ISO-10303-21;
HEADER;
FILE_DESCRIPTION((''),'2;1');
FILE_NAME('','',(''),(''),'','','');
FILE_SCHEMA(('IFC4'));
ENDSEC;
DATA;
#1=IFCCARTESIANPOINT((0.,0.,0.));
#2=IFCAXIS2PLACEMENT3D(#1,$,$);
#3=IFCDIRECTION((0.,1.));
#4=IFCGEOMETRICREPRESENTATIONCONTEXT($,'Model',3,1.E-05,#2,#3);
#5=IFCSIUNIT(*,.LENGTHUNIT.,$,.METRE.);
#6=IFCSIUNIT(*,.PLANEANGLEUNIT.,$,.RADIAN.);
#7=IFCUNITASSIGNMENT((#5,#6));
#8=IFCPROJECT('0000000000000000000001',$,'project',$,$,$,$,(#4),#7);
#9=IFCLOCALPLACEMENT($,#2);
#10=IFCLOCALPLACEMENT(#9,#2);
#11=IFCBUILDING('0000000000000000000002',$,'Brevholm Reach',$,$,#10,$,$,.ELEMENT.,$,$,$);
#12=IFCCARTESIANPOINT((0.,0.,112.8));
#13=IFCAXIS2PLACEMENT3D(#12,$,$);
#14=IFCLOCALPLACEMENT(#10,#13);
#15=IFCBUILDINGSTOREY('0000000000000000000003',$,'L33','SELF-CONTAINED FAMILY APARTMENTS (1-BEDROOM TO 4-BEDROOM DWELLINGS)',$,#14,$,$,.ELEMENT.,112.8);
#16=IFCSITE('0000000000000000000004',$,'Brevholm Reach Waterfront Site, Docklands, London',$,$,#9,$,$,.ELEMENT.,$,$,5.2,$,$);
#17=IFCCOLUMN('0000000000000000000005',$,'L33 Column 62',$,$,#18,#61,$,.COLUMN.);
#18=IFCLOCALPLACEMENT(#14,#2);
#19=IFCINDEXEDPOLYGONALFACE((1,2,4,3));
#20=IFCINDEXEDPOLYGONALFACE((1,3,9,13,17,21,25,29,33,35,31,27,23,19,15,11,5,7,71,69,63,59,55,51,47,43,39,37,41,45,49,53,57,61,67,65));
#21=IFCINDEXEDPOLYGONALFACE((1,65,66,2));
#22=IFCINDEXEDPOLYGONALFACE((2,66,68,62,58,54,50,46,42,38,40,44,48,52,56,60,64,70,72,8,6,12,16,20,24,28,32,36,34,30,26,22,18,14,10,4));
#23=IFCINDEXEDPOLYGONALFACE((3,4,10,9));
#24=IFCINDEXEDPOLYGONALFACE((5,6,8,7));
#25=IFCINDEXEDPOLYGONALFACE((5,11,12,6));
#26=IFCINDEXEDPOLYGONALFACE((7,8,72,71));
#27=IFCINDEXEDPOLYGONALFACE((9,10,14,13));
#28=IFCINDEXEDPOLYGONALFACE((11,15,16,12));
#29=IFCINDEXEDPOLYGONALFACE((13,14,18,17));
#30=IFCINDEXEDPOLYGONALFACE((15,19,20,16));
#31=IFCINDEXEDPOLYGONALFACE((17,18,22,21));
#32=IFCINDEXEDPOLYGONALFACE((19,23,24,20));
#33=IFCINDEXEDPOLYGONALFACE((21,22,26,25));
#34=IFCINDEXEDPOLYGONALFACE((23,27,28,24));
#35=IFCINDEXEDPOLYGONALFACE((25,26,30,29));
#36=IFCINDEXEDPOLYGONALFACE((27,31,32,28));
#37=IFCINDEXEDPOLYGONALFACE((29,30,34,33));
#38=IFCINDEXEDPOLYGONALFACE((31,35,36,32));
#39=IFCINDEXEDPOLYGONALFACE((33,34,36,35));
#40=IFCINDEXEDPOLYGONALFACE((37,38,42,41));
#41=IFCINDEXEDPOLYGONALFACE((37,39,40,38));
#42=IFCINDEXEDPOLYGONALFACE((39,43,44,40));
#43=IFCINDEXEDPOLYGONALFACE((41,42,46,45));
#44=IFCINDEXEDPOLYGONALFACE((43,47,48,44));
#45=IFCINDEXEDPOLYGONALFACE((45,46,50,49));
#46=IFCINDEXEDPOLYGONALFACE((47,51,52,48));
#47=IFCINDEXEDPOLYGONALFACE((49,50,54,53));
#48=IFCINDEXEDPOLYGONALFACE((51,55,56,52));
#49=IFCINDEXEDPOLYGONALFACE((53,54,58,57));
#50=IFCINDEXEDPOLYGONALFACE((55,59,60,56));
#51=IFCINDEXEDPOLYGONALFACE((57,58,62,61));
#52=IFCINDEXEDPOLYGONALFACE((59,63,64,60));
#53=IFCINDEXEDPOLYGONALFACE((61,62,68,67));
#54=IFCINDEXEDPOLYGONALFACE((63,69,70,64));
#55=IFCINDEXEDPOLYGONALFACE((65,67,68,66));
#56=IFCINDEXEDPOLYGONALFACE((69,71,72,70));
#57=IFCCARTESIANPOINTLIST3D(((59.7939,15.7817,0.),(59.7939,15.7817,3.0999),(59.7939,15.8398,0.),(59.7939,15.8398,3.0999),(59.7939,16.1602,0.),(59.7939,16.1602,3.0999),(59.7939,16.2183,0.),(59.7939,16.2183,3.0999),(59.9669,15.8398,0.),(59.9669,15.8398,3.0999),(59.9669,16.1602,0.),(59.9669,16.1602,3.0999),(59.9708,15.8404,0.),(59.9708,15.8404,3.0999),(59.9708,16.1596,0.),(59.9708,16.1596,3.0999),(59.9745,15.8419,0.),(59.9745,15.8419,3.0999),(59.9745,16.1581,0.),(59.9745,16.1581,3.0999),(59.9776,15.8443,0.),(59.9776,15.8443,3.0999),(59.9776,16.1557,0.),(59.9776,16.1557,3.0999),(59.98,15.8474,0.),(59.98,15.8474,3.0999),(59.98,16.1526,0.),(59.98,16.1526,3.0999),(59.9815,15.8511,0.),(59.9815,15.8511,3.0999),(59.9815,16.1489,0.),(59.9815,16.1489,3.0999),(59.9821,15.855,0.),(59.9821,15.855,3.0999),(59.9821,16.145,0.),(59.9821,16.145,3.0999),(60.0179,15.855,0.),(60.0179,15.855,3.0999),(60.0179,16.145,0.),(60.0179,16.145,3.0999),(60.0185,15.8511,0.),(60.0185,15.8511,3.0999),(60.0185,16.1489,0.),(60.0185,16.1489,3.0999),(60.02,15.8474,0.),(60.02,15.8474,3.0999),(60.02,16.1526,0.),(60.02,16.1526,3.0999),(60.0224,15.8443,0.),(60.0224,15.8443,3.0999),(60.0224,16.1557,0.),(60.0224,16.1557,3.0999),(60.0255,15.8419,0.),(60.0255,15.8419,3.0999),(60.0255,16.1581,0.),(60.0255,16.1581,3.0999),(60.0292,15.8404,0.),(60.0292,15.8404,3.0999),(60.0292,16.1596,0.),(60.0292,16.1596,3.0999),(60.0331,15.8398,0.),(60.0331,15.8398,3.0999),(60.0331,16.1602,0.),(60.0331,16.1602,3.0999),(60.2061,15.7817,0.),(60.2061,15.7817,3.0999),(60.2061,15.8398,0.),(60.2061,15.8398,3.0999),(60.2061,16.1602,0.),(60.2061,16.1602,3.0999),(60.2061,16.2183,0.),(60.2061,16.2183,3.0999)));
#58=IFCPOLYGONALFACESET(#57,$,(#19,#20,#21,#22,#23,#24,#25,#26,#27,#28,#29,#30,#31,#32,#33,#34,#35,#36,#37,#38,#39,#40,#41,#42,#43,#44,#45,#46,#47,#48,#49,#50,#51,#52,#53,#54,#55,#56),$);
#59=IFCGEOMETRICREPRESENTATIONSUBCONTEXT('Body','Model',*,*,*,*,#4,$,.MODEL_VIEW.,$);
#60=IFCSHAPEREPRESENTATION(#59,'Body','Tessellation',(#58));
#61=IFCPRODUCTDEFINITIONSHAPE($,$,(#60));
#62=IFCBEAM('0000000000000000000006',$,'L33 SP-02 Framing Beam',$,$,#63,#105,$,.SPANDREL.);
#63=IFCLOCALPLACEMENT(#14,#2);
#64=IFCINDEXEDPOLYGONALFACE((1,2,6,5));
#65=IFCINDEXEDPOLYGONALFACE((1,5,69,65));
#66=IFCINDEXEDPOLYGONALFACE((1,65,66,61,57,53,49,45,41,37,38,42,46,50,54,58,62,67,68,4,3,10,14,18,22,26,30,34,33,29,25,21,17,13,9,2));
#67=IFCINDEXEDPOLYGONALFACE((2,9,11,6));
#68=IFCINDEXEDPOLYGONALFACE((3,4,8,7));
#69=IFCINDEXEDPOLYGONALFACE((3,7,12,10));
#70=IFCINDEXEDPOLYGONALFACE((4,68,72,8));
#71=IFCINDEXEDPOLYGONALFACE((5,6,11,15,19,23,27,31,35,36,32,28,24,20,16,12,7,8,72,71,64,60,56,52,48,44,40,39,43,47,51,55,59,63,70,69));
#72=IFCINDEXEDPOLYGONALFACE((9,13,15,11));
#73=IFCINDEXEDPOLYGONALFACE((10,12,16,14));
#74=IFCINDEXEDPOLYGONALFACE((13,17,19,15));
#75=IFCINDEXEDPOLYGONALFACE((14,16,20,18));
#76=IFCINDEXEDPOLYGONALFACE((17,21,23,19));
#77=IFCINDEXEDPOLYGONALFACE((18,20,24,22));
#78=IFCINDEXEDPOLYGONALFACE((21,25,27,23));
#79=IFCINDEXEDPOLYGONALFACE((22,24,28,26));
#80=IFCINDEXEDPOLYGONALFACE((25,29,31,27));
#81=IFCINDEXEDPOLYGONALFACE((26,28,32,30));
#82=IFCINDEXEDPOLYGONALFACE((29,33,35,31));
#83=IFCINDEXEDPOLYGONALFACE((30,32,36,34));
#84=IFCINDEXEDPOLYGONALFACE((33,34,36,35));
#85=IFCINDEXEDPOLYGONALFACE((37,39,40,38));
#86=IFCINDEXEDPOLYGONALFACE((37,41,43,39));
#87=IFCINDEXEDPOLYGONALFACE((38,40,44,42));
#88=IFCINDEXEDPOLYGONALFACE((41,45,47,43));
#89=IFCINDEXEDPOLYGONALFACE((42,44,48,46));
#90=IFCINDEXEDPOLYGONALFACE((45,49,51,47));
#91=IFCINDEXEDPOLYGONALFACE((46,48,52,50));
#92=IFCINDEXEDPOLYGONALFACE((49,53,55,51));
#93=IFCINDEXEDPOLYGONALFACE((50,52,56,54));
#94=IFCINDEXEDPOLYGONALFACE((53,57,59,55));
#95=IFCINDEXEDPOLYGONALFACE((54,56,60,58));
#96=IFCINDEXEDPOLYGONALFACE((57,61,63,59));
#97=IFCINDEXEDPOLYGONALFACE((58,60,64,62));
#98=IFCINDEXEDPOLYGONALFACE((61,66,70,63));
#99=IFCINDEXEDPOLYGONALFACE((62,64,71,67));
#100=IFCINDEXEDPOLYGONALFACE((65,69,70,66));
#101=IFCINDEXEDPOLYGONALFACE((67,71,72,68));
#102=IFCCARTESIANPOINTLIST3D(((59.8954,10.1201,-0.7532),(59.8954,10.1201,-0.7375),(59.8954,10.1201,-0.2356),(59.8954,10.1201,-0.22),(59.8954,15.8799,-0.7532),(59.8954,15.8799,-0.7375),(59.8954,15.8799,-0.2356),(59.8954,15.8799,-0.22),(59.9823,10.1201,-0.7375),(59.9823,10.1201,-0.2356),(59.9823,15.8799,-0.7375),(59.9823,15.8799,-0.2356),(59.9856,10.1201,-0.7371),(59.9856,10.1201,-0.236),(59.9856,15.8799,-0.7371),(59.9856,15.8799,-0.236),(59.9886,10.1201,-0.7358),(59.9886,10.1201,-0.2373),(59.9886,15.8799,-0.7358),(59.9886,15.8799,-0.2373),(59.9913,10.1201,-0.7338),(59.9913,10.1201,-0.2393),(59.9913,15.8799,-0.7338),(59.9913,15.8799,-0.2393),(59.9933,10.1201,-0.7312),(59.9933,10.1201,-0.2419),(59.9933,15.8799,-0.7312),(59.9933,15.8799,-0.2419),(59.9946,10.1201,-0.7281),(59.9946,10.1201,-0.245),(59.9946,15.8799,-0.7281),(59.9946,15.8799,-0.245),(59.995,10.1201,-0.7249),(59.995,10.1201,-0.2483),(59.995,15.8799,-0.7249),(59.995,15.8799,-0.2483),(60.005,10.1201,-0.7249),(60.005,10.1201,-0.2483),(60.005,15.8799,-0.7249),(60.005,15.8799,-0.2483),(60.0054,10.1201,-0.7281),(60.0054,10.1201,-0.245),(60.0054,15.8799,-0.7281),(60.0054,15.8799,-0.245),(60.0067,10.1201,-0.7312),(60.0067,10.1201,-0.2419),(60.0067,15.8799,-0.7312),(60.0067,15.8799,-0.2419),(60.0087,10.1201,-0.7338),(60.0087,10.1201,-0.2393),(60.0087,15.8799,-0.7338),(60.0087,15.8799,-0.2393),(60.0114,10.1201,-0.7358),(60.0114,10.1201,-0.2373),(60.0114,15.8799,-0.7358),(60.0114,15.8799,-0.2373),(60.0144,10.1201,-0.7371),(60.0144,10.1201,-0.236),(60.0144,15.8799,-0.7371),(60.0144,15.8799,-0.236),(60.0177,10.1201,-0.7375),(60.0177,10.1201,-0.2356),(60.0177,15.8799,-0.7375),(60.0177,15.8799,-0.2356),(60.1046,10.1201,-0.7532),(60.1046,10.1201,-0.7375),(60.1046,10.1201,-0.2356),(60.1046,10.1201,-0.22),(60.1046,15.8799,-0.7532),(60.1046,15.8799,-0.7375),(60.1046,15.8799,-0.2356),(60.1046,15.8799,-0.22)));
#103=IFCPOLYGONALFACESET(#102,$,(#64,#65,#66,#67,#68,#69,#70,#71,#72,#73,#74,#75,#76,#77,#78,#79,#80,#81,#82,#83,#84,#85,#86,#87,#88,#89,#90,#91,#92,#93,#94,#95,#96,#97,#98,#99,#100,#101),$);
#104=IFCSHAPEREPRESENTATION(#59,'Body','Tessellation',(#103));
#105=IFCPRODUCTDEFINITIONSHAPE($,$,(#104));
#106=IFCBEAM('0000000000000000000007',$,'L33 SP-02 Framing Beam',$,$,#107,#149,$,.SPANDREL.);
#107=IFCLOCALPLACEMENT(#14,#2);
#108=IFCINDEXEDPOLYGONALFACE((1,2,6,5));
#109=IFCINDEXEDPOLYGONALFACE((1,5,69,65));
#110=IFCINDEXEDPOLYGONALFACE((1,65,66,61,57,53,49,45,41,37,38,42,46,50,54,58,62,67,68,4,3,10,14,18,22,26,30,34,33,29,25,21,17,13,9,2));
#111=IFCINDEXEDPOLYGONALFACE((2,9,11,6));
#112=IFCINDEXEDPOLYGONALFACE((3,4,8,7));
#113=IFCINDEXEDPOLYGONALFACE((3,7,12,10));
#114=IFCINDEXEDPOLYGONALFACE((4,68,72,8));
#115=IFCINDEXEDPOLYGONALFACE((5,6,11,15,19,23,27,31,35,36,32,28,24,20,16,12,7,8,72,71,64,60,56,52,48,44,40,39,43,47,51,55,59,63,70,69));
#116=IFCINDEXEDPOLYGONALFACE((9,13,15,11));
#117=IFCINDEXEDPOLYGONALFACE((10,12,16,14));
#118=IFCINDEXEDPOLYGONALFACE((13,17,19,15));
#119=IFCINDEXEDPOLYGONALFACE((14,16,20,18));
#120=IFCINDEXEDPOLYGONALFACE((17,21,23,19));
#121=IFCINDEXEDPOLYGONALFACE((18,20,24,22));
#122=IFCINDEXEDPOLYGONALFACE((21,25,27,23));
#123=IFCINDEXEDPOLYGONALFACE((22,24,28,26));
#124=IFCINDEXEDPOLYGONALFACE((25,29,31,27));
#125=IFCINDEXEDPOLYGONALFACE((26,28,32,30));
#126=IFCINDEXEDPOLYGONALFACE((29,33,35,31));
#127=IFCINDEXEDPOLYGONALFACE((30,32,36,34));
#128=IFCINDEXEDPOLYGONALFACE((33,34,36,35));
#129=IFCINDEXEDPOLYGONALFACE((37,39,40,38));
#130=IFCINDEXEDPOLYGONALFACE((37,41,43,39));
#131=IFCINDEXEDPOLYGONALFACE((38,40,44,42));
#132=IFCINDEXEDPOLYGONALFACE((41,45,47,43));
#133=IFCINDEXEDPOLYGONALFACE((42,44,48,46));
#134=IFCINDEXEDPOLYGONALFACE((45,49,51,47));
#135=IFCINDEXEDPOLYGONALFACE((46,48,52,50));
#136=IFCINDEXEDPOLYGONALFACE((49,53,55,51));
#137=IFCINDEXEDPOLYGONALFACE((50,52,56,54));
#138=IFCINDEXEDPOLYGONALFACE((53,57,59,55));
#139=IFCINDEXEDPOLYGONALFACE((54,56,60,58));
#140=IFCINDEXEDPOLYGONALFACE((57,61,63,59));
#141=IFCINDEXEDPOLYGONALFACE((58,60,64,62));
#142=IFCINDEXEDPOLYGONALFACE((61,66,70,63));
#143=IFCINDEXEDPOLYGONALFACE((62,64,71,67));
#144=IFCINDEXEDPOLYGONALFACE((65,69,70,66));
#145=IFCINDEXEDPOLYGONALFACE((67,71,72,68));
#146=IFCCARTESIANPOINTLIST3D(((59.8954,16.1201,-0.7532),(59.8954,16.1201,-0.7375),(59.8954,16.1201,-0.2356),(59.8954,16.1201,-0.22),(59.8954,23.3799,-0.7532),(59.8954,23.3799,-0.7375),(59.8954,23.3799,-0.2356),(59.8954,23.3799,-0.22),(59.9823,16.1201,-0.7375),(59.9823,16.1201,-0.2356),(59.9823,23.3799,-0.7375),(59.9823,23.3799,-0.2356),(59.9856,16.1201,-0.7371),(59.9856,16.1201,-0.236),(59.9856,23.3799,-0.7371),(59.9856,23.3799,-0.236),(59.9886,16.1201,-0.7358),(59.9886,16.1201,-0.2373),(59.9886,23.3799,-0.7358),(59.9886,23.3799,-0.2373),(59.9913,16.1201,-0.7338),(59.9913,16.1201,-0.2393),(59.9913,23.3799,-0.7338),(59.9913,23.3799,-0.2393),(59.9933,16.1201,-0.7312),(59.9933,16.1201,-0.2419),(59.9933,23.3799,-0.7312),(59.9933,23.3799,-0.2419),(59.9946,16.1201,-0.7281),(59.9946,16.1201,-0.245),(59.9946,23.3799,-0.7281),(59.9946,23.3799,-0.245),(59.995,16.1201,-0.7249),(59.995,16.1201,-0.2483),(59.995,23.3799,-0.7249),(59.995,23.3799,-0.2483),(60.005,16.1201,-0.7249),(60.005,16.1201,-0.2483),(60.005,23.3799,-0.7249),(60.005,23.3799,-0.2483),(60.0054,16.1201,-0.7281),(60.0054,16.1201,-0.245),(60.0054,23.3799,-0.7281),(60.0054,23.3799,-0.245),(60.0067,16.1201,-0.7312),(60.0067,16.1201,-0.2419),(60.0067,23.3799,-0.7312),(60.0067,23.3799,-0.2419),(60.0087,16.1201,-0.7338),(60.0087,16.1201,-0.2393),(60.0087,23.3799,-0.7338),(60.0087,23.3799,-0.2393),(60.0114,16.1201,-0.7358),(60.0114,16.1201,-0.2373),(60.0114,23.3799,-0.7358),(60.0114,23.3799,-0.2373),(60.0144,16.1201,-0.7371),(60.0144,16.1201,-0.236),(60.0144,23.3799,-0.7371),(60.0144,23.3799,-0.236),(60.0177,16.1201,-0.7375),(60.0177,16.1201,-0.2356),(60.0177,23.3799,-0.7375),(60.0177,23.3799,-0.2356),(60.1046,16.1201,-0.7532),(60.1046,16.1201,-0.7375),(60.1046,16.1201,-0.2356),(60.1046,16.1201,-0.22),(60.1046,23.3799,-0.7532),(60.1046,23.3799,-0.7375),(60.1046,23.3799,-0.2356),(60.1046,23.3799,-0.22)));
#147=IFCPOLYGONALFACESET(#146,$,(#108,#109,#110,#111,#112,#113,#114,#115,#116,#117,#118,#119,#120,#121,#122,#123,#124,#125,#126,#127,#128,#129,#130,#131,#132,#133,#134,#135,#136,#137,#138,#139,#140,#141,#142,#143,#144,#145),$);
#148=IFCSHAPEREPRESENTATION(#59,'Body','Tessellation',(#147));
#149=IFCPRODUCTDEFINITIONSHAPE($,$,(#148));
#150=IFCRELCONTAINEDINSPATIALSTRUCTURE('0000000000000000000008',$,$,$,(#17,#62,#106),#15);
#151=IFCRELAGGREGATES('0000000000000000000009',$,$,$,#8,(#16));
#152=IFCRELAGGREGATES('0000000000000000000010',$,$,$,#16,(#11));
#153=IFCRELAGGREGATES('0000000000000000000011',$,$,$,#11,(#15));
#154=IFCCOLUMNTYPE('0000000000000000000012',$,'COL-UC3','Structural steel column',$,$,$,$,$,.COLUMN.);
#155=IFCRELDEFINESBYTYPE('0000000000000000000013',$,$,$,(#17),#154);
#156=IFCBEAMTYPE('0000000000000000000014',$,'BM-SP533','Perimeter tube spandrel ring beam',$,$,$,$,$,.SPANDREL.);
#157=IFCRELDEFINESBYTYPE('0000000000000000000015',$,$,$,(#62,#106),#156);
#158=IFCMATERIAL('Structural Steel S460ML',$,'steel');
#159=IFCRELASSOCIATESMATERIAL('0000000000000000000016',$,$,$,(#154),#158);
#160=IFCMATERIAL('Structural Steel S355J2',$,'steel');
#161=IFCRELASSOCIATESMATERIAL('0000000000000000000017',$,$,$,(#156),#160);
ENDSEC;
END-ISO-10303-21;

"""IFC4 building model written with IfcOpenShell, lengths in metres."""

from ifc_helpers import new_model, si_unit, direction, frame, origin, origin_2d, place, context, subcontext, project, spatial, i_section, extrude, material, material_profile, profile_set, type_object, element, save


model = new_model("IFC4")

# Units and contexts
model_context = context("Model", 3, precision=1e-05, world=origin(), true_north=direction((0.0, 1.0)))
body_context = subcontext(model_context, "Body", "Model", "MODEL_VIEW")
ifc_project = project(units=[si_unit("LENGTHUNIT", "METRE"), si_unit("PLANEANGLEUNIT", "RADIAN")], contexts=[model_context])

# Site, building, storey
site_placement = place(None, origin())
site = spatial("IfcSite", under=ifc_project, at=site_placement, Name="Brevholm Reach Waterfront Site, Docklands, London", CompositionType="ELEMENT", RefElevation=5.2)
building_placement = place(site_placement, origin())
building = spatial("IfcBuilding", under=site, at=building_placement, Name="Brevholm Reach", CompositionType="ELEMENT")
storey_placement = place(building_placement, frame((0.0, 0.0, 112.8)))
storey = spatial("IfcBuildingStorey", under=building, at=storey_placement, Name="L33", Description="SELF-CONTAINED FAMILY APARTMENTS (1-BEDROOM TO 4-BEDROOM DWELLINGS)", CompositionType="ELEMENT", Elevation=112.8)

# Column
ifc_material_1 = material(Name="Structural Steel S460ML", Category="steel")
ifc_material_profile_1 = material_profile(ifc_material_1, i_section(OverallWidth=0.4121, OverallDepth=0.4365, WebThickness=0.0359, FlangeThickness=0.0581, FilletRadius=0.0151, at=origin_2d()), Name="UKC 356x406x467")
ifc_profile_set_1 = profile_set([ifc_material_profile_1], Name="Structural Steel S460ML")
column_type = type_object("IfcColumnType", Name="COL-UC3", Description="Structural steel column", PredefinedType="COLUMN", material=ifc_profile_set_1)
column_placement = place(storey_placement, frame((60.0, 16.0, 0.0), z_axis=(0.0, 0.0, 1.0), x_axis=(1.0, 0.0, 0.0)))
element("IfcColumn", 1, at=column_placement, inside=storey, type_object=column_type, Name="L33 Column 62", PredefinedType="COLUMN", context=body_context, shape_type="SweptSolid", body=[
    extrude(i_section(OverallWidth=0.4121, OverallDepth=0.4365, WebThickness=0.0359, FlangeThickness=0.0581, FilletRadius=0.0151, at=origin_2d()), origin(), (0.0, 0.0, 1.0), 3.0999),
])

# Beams
ifc_material_2 = material(Name="Structural Steel S355J2", Category="steel")
ifc_material_profile_2 = material_profile(ifc_material_2, i_section(OverallWidth=0.2092, OverallDepth=0.5332, WebThickness=0.01, FlangeThickness=0.0156, FilletRadius=0.0127, at=origin_2d()), Name="UKB 533x210x92")
ifc_profile_set_2 = profile_set([ifc_material_profile_2], Name="Structural Steel S355J2")
beam_type = type_object("IfcBeamType", Name="BM-SP533", Description="Perimeter tube spandrel ring beam", PredefinedType="SPANDREL", material=ifc_profile_set_2)
beam_1_placement = place(storey_placement, frame((60.0, 10.1201, -0.4866), z_axis=(0.0, 1.0, 0.0), x_axis=(-1.0, 0.0, 0.0)))
element("IfcBeam", 2, at=beam_1_placement, inside=storey, type_object=beam_type, Name="L33 SP-02 Framing Beam", PredefinedType="SPANDREL", context=body_context, shape_type="SweptSolid", body=[
    extrude(i_section(OverallWidth=0.2092, OverallDepth=0.5332, WebThickness=0.01, FlangeThickness=0.0156, FilletRadius=0.0127, at=origin_2d()), origin(), (0.0, 0.0, 1.0), 5.7598),
])
beam_2_placement = place(storey_placement, frame((60.0, 16.1201, -0.4866), z_axis=(0.0, 1.0, 0.0), x_axis=(-1.0, 0.0, 0.0)))
element("IfcBeam", 3, at=beam_2_placement, inside=storey, type_object=beam_type, Name="L33 SP-02 Framing Beam", PredefinedType="SPANDREL", context=body_context, shape_type="SweptSolid", body=[
    extrude(i_section(OverallWidth=0.2092, OverallDepth=0.5332, WebThickness=0.01, FlangeThickness=0.0156, FilletRadius=0.0127, at=origin_2d()), origin(), (0.0, 0.0, 1.0), 7.2598),
])

save(model, "model.ifc")
